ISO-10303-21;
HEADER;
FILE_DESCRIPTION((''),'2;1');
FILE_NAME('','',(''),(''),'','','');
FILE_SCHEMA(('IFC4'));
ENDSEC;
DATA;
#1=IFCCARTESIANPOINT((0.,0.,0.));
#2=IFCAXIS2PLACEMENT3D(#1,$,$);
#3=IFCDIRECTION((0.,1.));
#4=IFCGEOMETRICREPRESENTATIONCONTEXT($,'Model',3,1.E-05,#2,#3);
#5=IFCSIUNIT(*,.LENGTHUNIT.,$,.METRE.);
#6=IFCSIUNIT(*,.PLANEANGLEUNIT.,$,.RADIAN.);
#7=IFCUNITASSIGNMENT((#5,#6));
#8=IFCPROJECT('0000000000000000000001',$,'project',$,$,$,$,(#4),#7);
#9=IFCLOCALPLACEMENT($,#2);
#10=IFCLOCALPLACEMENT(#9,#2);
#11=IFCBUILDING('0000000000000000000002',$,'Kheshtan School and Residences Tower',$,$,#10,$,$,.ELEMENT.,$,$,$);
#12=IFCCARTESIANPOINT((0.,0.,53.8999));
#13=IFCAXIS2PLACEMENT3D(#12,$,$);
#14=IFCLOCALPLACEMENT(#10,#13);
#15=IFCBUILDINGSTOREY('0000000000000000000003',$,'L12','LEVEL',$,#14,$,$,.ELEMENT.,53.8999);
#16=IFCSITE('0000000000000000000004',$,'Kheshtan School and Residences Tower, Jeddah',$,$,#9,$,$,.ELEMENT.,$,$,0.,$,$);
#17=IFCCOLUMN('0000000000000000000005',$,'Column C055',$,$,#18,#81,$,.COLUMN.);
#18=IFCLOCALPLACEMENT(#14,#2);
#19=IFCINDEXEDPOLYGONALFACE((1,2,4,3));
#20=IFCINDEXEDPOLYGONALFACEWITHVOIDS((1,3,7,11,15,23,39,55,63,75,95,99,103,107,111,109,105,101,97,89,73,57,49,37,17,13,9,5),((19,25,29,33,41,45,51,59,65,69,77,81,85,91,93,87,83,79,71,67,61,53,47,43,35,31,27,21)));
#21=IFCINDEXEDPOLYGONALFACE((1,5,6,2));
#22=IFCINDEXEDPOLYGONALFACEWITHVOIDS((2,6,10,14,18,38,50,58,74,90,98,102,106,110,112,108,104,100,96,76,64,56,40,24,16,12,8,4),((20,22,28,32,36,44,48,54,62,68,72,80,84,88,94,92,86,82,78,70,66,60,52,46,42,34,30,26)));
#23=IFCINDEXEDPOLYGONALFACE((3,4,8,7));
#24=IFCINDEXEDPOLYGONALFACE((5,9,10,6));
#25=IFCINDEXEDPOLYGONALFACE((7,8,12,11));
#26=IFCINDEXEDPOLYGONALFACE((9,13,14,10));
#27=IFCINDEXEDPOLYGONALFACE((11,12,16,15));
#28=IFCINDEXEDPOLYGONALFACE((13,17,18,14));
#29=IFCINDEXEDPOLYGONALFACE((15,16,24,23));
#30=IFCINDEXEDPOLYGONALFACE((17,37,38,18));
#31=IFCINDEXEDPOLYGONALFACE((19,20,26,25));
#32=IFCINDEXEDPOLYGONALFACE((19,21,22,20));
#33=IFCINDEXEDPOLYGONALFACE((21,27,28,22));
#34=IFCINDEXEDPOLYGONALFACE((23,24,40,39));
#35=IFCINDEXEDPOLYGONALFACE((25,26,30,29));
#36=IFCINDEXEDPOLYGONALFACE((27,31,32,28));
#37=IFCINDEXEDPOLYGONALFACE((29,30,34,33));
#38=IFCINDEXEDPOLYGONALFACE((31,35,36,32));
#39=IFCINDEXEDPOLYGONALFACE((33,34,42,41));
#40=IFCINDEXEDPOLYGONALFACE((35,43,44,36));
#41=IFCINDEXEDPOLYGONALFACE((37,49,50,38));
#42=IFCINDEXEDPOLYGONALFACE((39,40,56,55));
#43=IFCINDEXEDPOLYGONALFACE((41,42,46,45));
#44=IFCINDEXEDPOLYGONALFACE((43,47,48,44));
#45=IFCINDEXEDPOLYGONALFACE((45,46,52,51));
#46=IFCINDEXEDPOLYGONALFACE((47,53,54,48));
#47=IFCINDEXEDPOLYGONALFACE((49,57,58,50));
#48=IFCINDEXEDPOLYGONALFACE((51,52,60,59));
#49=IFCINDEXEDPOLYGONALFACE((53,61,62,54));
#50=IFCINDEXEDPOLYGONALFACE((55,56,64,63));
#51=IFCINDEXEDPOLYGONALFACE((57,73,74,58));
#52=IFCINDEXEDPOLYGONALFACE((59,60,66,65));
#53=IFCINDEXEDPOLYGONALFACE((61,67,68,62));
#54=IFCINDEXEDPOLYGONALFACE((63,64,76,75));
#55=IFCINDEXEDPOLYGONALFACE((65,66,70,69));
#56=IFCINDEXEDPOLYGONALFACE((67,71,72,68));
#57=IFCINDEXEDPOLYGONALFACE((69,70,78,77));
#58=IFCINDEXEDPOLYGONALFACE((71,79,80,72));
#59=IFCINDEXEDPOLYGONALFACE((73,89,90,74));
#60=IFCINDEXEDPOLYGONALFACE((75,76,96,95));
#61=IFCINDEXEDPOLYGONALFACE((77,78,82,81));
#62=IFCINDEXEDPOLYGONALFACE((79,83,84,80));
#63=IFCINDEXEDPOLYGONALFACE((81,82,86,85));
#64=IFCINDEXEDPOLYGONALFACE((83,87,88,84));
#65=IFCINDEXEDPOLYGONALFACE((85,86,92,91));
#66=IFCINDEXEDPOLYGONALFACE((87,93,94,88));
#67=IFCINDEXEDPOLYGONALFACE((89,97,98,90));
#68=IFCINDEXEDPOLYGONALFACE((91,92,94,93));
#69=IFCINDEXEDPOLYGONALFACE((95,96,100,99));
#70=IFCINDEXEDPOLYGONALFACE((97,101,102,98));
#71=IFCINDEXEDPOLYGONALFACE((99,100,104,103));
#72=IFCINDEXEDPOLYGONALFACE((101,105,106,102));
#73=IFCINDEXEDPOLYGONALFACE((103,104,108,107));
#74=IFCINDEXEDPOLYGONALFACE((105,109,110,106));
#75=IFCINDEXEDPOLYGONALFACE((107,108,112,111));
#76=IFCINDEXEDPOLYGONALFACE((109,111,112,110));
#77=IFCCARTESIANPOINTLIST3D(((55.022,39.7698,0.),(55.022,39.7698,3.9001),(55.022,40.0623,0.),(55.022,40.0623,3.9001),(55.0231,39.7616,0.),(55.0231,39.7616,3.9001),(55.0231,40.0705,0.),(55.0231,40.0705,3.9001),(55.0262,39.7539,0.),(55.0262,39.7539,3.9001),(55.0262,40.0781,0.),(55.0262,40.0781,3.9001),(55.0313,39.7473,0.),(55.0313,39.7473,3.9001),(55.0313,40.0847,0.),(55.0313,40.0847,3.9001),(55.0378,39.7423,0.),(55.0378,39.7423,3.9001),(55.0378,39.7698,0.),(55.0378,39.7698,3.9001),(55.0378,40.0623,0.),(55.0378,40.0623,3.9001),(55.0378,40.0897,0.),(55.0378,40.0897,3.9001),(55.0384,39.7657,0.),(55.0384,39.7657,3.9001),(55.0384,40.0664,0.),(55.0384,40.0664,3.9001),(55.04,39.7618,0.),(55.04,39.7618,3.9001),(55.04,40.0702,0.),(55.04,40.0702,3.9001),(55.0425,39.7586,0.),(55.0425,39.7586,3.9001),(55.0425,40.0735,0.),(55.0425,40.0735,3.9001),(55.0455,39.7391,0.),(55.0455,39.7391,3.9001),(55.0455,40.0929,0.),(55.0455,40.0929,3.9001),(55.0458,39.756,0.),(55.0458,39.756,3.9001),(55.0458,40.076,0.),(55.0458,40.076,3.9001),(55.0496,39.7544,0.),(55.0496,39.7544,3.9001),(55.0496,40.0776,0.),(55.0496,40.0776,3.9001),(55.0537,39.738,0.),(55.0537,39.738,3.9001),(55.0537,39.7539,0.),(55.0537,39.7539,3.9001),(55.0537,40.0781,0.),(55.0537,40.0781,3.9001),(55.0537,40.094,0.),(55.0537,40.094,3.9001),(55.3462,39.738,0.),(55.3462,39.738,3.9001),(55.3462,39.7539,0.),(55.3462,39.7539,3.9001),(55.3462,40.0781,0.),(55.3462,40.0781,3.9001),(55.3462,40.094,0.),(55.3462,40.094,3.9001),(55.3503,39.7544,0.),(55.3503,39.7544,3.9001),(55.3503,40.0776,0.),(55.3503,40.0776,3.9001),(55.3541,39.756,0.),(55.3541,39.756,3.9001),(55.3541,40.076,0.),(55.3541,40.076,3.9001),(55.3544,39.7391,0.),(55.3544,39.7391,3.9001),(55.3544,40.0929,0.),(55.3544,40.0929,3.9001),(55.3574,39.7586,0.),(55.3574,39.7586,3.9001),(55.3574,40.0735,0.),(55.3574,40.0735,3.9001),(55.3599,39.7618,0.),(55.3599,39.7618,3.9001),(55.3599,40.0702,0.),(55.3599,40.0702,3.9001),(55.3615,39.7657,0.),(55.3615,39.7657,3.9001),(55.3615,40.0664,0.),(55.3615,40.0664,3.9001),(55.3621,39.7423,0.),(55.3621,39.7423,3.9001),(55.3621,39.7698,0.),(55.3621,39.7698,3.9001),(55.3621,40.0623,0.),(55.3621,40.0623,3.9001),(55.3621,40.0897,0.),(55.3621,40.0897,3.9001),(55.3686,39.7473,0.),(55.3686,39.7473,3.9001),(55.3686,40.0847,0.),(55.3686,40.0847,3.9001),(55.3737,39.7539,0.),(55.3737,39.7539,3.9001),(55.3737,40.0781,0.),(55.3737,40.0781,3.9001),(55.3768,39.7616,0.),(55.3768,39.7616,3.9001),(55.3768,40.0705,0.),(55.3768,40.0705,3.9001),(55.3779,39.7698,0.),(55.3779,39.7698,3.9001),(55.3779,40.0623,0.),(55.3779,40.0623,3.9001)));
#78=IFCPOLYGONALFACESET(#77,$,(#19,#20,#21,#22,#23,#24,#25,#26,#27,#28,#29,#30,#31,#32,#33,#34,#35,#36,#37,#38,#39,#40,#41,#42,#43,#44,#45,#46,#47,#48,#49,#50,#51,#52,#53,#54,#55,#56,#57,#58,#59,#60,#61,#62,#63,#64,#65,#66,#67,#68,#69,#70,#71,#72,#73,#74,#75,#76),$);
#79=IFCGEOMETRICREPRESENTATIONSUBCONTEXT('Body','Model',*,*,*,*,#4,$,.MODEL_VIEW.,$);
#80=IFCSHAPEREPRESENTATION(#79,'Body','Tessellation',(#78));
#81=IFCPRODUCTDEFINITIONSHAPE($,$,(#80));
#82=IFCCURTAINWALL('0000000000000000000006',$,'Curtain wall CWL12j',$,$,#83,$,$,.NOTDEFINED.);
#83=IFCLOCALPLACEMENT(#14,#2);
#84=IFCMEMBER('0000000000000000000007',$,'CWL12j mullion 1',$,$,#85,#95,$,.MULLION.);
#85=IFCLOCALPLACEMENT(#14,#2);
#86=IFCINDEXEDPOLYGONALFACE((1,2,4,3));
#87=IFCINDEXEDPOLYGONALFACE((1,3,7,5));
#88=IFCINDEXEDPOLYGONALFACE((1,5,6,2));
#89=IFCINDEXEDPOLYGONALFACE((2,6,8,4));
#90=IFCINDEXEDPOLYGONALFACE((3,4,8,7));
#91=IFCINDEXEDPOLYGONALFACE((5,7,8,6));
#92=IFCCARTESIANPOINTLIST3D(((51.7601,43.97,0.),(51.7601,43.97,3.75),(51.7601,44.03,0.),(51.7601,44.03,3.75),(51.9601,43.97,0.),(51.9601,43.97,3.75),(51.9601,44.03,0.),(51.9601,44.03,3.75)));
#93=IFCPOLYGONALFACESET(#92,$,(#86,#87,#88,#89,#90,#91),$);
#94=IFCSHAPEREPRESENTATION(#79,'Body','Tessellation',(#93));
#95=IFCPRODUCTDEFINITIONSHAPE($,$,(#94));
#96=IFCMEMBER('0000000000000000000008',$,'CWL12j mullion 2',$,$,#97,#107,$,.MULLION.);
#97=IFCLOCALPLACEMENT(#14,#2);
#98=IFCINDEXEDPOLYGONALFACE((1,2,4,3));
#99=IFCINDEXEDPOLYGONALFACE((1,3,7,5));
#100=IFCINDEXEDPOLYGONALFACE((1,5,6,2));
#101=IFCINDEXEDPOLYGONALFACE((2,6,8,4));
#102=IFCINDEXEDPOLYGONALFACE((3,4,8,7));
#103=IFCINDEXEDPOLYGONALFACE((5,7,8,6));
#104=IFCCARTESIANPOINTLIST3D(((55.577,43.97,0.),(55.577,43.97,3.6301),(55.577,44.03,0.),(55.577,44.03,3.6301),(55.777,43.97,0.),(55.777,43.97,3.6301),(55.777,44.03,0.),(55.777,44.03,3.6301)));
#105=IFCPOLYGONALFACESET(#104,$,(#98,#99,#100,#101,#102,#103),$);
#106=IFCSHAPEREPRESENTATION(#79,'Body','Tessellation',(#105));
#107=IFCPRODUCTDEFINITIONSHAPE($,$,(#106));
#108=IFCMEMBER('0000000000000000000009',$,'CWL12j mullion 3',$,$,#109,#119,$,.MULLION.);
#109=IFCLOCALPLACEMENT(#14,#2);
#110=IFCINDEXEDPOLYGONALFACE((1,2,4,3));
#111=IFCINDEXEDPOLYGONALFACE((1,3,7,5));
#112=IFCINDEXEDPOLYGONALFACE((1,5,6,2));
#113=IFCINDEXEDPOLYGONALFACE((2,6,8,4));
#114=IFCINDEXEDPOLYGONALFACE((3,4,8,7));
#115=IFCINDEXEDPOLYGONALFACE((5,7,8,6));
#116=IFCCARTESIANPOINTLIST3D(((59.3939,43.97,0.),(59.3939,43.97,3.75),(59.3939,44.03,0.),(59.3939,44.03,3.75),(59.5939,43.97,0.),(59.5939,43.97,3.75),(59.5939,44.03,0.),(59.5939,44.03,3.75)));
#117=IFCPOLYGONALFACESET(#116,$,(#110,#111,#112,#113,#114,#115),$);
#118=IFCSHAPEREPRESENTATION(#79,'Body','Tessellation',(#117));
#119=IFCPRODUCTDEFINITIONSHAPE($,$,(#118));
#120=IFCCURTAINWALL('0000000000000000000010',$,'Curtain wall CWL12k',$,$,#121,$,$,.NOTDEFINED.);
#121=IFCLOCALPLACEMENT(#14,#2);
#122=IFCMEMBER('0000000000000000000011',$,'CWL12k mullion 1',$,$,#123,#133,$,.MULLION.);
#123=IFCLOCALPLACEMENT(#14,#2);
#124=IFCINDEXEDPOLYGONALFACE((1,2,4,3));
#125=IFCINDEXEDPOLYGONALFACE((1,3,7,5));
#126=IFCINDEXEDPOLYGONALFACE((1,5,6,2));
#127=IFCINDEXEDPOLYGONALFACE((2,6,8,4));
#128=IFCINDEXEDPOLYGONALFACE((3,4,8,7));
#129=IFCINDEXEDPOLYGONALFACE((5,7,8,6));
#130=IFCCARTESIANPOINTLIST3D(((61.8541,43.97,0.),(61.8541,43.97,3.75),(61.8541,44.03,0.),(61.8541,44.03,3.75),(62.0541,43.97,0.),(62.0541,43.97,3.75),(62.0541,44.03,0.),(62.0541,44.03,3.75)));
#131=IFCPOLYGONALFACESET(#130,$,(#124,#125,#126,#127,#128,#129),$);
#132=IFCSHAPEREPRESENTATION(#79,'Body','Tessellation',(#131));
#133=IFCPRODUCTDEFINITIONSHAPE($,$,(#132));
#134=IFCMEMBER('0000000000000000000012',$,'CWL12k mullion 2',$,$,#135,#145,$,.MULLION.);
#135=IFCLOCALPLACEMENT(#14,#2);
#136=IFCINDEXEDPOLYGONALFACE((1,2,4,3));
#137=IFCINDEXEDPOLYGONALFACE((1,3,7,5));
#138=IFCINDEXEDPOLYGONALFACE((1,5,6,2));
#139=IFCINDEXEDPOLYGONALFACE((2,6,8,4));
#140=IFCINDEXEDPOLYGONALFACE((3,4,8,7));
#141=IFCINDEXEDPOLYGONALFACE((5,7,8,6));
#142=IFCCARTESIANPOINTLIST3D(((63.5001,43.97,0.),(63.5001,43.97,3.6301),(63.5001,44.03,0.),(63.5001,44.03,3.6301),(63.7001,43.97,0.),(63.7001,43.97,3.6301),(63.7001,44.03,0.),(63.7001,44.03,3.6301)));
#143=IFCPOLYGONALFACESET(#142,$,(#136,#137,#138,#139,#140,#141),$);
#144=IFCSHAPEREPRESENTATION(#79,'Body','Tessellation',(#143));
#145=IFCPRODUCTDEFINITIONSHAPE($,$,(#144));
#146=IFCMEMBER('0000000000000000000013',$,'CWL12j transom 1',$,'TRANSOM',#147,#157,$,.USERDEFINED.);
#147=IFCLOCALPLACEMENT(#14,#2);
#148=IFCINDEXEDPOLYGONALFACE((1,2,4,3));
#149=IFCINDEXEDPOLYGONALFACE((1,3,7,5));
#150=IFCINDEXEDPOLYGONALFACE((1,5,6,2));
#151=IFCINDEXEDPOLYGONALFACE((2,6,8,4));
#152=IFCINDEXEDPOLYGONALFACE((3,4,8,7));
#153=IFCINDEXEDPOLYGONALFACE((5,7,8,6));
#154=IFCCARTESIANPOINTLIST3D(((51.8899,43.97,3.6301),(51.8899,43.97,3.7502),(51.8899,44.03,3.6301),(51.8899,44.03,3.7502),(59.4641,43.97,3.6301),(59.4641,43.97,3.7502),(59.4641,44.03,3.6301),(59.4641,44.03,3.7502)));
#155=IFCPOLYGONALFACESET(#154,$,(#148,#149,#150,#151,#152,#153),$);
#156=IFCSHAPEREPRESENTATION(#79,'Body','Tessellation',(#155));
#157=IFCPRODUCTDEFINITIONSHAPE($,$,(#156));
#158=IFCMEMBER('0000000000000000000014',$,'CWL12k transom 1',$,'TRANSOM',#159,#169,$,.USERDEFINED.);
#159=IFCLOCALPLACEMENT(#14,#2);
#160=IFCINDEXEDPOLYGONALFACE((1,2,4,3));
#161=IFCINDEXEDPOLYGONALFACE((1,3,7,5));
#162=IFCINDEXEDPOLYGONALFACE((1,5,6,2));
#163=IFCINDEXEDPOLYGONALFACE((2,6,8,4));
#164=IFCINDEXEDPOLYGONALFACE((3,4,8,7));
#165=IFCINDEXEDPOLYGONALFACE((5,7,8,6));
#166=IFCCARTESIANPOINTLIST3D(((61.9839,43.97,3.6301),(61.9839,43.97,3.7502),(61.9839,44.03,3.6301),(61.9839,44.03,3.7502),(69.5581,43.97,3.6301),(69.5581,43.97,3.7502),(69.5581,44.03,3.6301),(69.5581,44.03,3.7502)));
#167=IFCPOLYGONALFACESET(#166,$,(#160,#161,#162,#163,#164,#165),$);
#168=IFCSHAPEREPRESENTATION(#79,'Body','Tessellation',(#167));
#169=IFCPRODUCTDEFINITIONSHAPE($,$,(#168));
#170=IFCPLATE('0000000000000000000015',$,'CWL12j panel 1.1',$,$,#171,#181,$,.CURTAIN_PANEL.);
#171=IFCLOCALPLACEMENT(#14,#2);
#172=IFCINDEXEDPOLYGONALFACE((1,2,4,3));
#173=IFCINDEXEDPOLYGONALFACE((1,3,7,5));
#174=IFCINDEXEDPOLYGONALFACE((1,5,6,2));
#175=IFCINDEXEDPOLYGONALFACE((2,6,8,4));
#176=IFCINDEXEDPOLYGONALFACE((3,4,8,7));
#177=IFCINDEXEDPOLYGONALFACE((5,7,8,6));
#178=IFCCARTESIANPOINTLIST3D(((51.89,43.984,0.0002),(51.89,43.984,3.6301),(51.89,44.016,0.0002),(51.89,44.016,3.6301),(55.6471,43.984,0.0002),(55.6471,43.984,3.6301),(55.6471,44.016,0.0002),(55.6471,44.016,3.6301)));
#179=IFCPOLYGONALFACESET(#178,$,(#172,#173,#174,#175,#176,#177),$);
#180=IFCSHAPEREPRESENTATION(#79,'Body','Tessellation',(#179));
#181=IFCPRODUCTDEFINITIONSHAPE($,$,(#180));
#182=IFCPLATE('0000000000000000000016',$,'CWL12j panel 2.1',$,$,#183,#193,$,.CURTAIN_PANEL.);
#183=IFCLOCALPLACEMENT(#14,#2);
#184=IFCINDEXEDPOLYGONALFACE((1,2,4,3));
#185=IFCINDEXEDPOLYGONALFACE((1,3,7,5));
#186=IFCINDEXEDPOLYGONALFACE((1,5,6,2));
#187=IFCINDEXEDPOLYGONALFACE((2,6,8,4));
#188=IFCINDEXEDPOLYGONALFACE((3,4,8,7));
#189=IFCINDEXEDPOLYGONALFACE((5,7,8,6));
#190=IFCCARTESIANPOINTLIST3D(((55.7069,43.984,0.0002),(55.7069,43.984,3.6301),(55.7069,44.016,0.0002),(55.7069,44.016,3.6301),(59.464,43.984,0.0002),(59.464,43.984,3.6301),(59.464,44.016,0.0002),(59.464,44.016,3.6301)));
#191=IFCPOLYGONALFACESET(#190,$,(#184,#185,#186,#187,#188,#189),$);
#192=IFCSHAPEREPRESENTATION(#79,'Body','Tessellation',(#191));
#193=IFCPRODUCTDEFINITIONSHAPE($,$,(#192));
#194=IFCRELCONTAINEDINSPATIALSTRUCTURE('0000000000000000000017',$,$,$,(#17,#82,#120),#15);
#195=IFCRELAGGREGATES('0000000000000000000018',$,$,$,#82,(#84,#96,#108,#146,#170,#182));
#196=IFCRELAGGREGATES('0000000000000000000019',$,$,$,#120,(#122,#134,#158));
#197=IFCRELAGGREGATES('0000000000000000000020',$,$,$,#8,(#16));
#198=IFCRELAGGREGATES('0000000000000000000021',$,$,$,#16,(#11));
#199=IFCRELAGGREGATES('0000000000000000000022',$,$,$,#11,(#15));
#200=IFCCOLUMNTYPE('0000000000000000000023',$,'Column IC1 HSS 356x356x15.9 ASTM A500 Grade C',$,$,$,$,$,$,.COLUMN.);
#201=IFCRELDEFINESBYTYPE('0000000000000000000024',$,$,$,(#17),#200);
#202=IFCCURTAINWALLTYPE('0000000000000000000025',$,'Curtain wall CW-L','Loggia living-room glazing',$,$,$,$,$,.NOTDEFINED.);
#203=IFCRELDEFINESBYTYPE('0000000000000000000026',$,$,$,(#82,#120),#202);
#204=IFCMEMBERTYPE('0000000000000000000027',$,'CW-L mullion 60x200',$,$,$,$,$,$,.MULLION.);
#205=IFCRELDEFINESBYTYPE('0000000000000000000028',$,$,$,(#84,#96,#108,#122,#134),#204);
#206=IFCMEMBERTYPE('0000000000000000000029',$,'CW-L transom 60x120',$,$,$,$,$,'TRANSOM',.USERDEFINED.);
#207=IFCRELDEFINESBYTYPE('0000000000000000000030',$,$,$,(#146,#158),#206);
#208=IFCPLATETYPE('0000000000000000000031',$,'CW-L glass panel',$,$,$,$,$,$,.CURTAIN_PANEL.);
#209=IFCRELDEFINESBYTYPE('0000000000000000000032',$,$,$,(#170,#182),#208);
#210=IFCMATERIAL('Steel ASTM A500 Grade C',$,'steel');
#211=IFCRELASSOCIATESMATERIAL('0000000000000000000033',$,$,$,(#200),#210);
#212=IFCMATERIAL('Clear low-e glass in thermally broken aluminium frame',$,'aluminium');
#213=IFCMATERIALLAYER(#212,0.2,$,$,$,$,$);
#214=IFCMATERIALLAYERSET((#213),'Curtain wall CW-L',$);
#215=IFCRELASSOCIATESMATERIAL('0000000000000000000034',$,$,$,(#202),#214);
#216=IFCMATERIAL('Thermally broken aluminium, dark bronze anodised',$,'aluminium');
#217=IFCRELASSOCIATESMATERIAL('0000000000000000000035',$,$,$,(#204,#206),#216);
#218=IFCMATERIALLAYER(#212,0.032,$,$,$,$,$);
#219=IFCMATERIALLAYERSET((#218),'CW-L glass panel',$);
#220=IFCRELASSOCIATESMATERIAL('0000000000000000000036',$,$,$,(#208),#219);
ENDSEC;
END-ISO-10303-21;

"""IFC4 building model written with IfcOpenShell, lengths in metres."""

from ifc_helpers import new_model, si_unit, direction, frame, origin, origin_2d, place, context, subcontext, project, spatial, rectangle, hollow_rectangle, extrude, material, layer, layer_set, material_profile, profile_set, type_object, element, aggregate, save


model = new_model("IFC4")

# Units and contexts
model_context = context("Model", 3, precision=1e-05, world=origin(), true_north=direction((0.0, 1.0)))
body_context = subcontext(model_context, "Body", "Model", "MODEL_VIEW")
ifc_project = project(units=[si_unit("LENGTHUNIT", "METRE"), si_unit("PLANEANGLEUNIT", "RADIAN")], contexts=[model_context])

# Site, building, storey
site_placement = place(None, origin())
site = spatial("IfcSite", under=ifc_project, at=site_placement, Name="Kheshtan School and Residences Tower, Jeddah", CompositionType="ELEMENT", RefElevation=0.0)
building_placement = place(site_placement, origin())
building = spatial("IfcBuilding", under=site, at=building_placement, Name="Kheshtan School and Residences Tower", CompositionType="ELEMENT")
storey_placement = place(building_placement, frame((0.0, 0.0, 53.8999)))
storey = spatial("IfcBuildingStorey", under=building, at=storey_placement, Name="L12", Description="LEVEL", CompositionType="ELEMENT", Elevation=53.8999)

# Column
ifc_material_1 = material(Name="Steel ASTM A500 Grade C", Category="steel")
ifc_material_profile_1 = material_profile(ifc_material_1, hollow_rectangle(XDim=0.356, YDim=0.356, WallThickness=0.0159, InnerFilletRadius=0.0159, OuterFilletRadius=0.0317, at=origin_2d()), Name="HSS 356x356x15.9")
ifc_profile_set_1 = profile_set([ifc_material_profile_1], Name="Steel ASTM A500 Grade C")
column_type = type_object("IfcColumnType", Name="Column IC1 HSS 356x356x15.9 ASTM A500 Grade C", PredefinedType="COLUMN", material=ifc_profile_set_1)
column_placement = place(storey_placement, frame((55.2, 39.916, 0.0), z_axis=(0.0, 0.0, 1.0), x_axis=(1.0, 0.0, 0.0)))
element("IfcColumn", 1, at=column_placement, inside=storey, type_object=column_type, Name="Column C055", PredefinedType="COLUMN", context=body_context, shape_type="SweptSolid", body=[
    extrude(hollow_rectangle(XDim=0.356, YDim=0.356, WallThickness=0.0159, InnerFilletRadius=0.0159, OuterFilletRadius=0.0317, at=origin_2d()), origin(), (0.0, 0.0, 1.0), 3.9001),
])

# Curtain walls, members
ifc_material_2 = material(Name="Clear low-e glass in thermally broken aluminium frame", Category="aluminium")
ifc_layer_1 = layer(ifc_material_2, 0.2)
ifc_layer_set_1 = layer_set([ifc_layer_1], Name="Curtain wall CW-L")
curtain_wall_type = type_object("IfcCurtainWallType", Name="Curtain wall CW-L", Description="Loggia living-room glazing", PredefinedType="NOTDEFINED", material=ifc_layer_set_1)
curtain_wall_1_placement = place(storey_placement, origin())
curtain_wall_1 = element("IfcCurtainWall", 2, at=curtain_wall_1_placement, inside=storey, type_object=curtain_wall_type, Name="Curtain wall CWL12j", PredefinedType="NOTDEFINED")
ifc_material_3 = material(Name="Thermally broken aluminium, dark bronze anodised", Category="aluminium")
ifc_material_profile_2 = material_profile(ifc_material_3, rectangle(XDim=0.0601, YDim=0.2, at=origin_2d()), Name="CW-L mullion 60x200")
ifc_profile_set_2 = profile_set([ifc_material_profile_2], Name="Thermally broken aluminium, dark bronze anodised")
member_type_1 = type_object("IfcMemberType", Name="CW-L mullion 60x200", PredefinedType="MULLION", material=ifc_profile_set_2)
member_1_placement = place(storey_placement, frame((51.8601, 44.0, 0.0), z_axis=(0.0, 0.0, 1.0), x_axis=(0.0, 1.0, 0.0)))
member_1 = element("IfcMember", 3, at=member_1_placement, type_object=member_type_1, Name="CWL12j mullion 1", PredefinedType="MULLION", context=body_context, shape_type="SweptSolid", body=[
    extrude(rectangle(XDim=0.0601, YDim=0.2, at=origin_2d()), origin(), (0.0, 0.0, 1.0), 3.75),
])
member_2_placement = place(storey_placement, frame((55.677, 44.0, 0.0), z_axis=(0.0, 0.0, 1.0), x_axis=(0.0, 1.0, 0.0)))
member_2 = element("IfcMember", 4, at=member_2_placement, type_object=member_type_1, Name="CWL12j mullion 2", PredefinedType="MULLION", context=body_context, shape_type="SweptSolid", body=[
    extrude(rectangle(XDim=0.0601, YDim=0.2, at=origin_2d()), origin(), (0.0, 0.0, 1.0), 3.6301),
])
member_3_placement = place(storey_placement, frame((59.4939, 44.0, 0.0), z_axis=(0.0, 0.0, 1.0), x_axis=(0.0, 1.0, 0.0)))
member_3 = element("IfcMember", 5, at=member_3_placement, type_object=member_type_1, Name="CWL12j mullion 3", PredefinedType="MULLION", context=body_context, shape_type="SweptSolid", body=[
    extrude(rectangle(XDim=0.0601, YDim=0.2, at=origin_2d()), origin(), (0.0, 0.0, 1.0), 3.75),
])
curtain_wall_2_placement = place(storey_placement, origin())
curtain_wall_2 = element("IfcCurtainWall", 6, at=curtain_wall_2_placement, inside=storey, type_object=curtain_wall_type, Name="Curtain wall CWL12k", PredefinedType="NOTDEFINED")
member_4_placement = place(storey_placement, frame((61.9541, 44.0, 0.0), z_axis=(0.0, 0.0, 1.0), x_axis=(0.0, 1.0, 0.0)))
member_4 = element("IfcMember", 7, at=member_4_placement, type_object=member_type_1, Name="CWL12k mullion 1", PredefinedType="MULLION", context=body_context, shape_type="SweptSolid", body=[
    extrude(rectangle(XDim=0.0601, YDim=0.2, at=origin_2d()), origin(), (0.0, 0.0, 1.0), 3.75),
])
member_5_placement = place(storey_placement, frame((63.6001, 44.0, 0.0), z_axis=(0.0, 0.0, 1.0), x_axis=(0.0, 1.0, 0.0)))
member_5 = element("IfcMember", 8, at=member_5_placement, type_object=member_type_1, Name="CWL12k mullion 2", PredefinedType="MULLION", context=body_context, shape_type="SweptSolid", body=[
    extrude(rectangle(XDim=0.0601, YDim=0.2, at=origin_2d()), origin(), (0.0, 0.0, 1.0), 3.6301),
])

# Members
ifc_material_profile_3 = material_profile(ifc_material_3, rectangle(XDim=0.0601, YDim=0.1201, at=origin_2d()), Name="CW-L transom 60x120")
ifc_profile_set_3 = profile_set([ifc_material_profile_3], Name="Thermally broken aluminium, dark bronze anodised")
member_type_2 = type_object("IfcMemberType", Name="CW-L transom 60x120", ElementType="TRANSOM", PredefinedType="USERDEFINED", material=ifc_profile_set_3)
member_6_placement = place(storey_placement, frame((51.8899, 44.0, 3.6902), z_axis=(1.0, 0.0, 0.0), x_axis=(0.0, 1.0, 0.0)))
member_6 = element("IfcMember", 9, at=member_6_placement, type_object=member_type_2, Name="CWL12j transom 1", ObjectType="TRANSOM", PredefinedType="USERDEFINED", context=body_context, shape_type="SweptSolid", body=[
    extrude(rectangle(XDim=0.0601, YDim=0.1201, at=origin_2d()), origin(), (0.0, 0.0, 1.0), 7.5742),
])
member_7_placement = place(storey_placement, frame((61.9839, 44.0, 3.6902), z_axis=(1.0, 0.0, 0.0), x_axis=(0.0, 1.0, 0.0)))
member_7 = element("IfcMember", 10, at=member_7_placement, type_object=member_type_2, Name="CWL12k transom 1", ObjectType="TRANSOM", PredefinedType="USERDEFINED", context=body_context, shape_type="SweptSolid", body=[
    extrude(rectangle(XDim=0.0601, YDim=0.1201, at=origin_2d()), origin(), (0.0, 0.0, 1.0), 7.5742),
])

# Plates
ifc_layer_2 = layer(ifc_material_2, 0.032)
ifc_layer_set_2 = layer_set([ifc_layer_2], Name="CW-L glass panel")
plate_type = type_object("IfcPlateType", Name="CW-L glass panel", PredefinedType="CURTAIN_PANEL", material=ifc_layer_set_2)
plate_1_placement = place(storey_placement, frame((53.7686, 44.0, 0.0002), z_axis=(0.0, 0.0, 1.0), x_axis=(1.0, 0.0, 0.0)))
plate_1 = element("IfcPlate", 11, at=plate_1_placement, type_object=plate_type, Name="CWL12j panel 1.1", PredefinedType="CURTAIN_PANEL", context=body_context, shape_type="SweptSolid", body=[
    extrude(rectangle(XDim=3.7571, YDim=0.032, at=origin_2d()), origin(), (0.0, 0.0, 1.0), 3.6299),
])
plate_2_placement = place(storey_placement, frame((57.5854, 44.0, 0.0002), z_axis=(0.0, 0.0, 1.0), x_axis=(1.0, 0.0, 0.0)))
plate_2 = element("IfcPlate", 12, at=plate_2_placement, type_object=plate_type, Name="CWL12j panel 2.1", PredefinedType="CURTAIN_PANEL", context=body_context, shape_type="SweptSolid", body=[
    extrude(rectangle(XDim=3.7571, YDim=0.032, at=origin_2d()), origin(), (0.0, 0.0, 1.0), 3.6299),
])
aggregate(curtain_wall_1, [member_1, member_2, member_3, member_6, plate_1, plate_2])
aggregate(curtain_wall_2, [member_4, member_5, member_7])

save(model, "model.ifc")
